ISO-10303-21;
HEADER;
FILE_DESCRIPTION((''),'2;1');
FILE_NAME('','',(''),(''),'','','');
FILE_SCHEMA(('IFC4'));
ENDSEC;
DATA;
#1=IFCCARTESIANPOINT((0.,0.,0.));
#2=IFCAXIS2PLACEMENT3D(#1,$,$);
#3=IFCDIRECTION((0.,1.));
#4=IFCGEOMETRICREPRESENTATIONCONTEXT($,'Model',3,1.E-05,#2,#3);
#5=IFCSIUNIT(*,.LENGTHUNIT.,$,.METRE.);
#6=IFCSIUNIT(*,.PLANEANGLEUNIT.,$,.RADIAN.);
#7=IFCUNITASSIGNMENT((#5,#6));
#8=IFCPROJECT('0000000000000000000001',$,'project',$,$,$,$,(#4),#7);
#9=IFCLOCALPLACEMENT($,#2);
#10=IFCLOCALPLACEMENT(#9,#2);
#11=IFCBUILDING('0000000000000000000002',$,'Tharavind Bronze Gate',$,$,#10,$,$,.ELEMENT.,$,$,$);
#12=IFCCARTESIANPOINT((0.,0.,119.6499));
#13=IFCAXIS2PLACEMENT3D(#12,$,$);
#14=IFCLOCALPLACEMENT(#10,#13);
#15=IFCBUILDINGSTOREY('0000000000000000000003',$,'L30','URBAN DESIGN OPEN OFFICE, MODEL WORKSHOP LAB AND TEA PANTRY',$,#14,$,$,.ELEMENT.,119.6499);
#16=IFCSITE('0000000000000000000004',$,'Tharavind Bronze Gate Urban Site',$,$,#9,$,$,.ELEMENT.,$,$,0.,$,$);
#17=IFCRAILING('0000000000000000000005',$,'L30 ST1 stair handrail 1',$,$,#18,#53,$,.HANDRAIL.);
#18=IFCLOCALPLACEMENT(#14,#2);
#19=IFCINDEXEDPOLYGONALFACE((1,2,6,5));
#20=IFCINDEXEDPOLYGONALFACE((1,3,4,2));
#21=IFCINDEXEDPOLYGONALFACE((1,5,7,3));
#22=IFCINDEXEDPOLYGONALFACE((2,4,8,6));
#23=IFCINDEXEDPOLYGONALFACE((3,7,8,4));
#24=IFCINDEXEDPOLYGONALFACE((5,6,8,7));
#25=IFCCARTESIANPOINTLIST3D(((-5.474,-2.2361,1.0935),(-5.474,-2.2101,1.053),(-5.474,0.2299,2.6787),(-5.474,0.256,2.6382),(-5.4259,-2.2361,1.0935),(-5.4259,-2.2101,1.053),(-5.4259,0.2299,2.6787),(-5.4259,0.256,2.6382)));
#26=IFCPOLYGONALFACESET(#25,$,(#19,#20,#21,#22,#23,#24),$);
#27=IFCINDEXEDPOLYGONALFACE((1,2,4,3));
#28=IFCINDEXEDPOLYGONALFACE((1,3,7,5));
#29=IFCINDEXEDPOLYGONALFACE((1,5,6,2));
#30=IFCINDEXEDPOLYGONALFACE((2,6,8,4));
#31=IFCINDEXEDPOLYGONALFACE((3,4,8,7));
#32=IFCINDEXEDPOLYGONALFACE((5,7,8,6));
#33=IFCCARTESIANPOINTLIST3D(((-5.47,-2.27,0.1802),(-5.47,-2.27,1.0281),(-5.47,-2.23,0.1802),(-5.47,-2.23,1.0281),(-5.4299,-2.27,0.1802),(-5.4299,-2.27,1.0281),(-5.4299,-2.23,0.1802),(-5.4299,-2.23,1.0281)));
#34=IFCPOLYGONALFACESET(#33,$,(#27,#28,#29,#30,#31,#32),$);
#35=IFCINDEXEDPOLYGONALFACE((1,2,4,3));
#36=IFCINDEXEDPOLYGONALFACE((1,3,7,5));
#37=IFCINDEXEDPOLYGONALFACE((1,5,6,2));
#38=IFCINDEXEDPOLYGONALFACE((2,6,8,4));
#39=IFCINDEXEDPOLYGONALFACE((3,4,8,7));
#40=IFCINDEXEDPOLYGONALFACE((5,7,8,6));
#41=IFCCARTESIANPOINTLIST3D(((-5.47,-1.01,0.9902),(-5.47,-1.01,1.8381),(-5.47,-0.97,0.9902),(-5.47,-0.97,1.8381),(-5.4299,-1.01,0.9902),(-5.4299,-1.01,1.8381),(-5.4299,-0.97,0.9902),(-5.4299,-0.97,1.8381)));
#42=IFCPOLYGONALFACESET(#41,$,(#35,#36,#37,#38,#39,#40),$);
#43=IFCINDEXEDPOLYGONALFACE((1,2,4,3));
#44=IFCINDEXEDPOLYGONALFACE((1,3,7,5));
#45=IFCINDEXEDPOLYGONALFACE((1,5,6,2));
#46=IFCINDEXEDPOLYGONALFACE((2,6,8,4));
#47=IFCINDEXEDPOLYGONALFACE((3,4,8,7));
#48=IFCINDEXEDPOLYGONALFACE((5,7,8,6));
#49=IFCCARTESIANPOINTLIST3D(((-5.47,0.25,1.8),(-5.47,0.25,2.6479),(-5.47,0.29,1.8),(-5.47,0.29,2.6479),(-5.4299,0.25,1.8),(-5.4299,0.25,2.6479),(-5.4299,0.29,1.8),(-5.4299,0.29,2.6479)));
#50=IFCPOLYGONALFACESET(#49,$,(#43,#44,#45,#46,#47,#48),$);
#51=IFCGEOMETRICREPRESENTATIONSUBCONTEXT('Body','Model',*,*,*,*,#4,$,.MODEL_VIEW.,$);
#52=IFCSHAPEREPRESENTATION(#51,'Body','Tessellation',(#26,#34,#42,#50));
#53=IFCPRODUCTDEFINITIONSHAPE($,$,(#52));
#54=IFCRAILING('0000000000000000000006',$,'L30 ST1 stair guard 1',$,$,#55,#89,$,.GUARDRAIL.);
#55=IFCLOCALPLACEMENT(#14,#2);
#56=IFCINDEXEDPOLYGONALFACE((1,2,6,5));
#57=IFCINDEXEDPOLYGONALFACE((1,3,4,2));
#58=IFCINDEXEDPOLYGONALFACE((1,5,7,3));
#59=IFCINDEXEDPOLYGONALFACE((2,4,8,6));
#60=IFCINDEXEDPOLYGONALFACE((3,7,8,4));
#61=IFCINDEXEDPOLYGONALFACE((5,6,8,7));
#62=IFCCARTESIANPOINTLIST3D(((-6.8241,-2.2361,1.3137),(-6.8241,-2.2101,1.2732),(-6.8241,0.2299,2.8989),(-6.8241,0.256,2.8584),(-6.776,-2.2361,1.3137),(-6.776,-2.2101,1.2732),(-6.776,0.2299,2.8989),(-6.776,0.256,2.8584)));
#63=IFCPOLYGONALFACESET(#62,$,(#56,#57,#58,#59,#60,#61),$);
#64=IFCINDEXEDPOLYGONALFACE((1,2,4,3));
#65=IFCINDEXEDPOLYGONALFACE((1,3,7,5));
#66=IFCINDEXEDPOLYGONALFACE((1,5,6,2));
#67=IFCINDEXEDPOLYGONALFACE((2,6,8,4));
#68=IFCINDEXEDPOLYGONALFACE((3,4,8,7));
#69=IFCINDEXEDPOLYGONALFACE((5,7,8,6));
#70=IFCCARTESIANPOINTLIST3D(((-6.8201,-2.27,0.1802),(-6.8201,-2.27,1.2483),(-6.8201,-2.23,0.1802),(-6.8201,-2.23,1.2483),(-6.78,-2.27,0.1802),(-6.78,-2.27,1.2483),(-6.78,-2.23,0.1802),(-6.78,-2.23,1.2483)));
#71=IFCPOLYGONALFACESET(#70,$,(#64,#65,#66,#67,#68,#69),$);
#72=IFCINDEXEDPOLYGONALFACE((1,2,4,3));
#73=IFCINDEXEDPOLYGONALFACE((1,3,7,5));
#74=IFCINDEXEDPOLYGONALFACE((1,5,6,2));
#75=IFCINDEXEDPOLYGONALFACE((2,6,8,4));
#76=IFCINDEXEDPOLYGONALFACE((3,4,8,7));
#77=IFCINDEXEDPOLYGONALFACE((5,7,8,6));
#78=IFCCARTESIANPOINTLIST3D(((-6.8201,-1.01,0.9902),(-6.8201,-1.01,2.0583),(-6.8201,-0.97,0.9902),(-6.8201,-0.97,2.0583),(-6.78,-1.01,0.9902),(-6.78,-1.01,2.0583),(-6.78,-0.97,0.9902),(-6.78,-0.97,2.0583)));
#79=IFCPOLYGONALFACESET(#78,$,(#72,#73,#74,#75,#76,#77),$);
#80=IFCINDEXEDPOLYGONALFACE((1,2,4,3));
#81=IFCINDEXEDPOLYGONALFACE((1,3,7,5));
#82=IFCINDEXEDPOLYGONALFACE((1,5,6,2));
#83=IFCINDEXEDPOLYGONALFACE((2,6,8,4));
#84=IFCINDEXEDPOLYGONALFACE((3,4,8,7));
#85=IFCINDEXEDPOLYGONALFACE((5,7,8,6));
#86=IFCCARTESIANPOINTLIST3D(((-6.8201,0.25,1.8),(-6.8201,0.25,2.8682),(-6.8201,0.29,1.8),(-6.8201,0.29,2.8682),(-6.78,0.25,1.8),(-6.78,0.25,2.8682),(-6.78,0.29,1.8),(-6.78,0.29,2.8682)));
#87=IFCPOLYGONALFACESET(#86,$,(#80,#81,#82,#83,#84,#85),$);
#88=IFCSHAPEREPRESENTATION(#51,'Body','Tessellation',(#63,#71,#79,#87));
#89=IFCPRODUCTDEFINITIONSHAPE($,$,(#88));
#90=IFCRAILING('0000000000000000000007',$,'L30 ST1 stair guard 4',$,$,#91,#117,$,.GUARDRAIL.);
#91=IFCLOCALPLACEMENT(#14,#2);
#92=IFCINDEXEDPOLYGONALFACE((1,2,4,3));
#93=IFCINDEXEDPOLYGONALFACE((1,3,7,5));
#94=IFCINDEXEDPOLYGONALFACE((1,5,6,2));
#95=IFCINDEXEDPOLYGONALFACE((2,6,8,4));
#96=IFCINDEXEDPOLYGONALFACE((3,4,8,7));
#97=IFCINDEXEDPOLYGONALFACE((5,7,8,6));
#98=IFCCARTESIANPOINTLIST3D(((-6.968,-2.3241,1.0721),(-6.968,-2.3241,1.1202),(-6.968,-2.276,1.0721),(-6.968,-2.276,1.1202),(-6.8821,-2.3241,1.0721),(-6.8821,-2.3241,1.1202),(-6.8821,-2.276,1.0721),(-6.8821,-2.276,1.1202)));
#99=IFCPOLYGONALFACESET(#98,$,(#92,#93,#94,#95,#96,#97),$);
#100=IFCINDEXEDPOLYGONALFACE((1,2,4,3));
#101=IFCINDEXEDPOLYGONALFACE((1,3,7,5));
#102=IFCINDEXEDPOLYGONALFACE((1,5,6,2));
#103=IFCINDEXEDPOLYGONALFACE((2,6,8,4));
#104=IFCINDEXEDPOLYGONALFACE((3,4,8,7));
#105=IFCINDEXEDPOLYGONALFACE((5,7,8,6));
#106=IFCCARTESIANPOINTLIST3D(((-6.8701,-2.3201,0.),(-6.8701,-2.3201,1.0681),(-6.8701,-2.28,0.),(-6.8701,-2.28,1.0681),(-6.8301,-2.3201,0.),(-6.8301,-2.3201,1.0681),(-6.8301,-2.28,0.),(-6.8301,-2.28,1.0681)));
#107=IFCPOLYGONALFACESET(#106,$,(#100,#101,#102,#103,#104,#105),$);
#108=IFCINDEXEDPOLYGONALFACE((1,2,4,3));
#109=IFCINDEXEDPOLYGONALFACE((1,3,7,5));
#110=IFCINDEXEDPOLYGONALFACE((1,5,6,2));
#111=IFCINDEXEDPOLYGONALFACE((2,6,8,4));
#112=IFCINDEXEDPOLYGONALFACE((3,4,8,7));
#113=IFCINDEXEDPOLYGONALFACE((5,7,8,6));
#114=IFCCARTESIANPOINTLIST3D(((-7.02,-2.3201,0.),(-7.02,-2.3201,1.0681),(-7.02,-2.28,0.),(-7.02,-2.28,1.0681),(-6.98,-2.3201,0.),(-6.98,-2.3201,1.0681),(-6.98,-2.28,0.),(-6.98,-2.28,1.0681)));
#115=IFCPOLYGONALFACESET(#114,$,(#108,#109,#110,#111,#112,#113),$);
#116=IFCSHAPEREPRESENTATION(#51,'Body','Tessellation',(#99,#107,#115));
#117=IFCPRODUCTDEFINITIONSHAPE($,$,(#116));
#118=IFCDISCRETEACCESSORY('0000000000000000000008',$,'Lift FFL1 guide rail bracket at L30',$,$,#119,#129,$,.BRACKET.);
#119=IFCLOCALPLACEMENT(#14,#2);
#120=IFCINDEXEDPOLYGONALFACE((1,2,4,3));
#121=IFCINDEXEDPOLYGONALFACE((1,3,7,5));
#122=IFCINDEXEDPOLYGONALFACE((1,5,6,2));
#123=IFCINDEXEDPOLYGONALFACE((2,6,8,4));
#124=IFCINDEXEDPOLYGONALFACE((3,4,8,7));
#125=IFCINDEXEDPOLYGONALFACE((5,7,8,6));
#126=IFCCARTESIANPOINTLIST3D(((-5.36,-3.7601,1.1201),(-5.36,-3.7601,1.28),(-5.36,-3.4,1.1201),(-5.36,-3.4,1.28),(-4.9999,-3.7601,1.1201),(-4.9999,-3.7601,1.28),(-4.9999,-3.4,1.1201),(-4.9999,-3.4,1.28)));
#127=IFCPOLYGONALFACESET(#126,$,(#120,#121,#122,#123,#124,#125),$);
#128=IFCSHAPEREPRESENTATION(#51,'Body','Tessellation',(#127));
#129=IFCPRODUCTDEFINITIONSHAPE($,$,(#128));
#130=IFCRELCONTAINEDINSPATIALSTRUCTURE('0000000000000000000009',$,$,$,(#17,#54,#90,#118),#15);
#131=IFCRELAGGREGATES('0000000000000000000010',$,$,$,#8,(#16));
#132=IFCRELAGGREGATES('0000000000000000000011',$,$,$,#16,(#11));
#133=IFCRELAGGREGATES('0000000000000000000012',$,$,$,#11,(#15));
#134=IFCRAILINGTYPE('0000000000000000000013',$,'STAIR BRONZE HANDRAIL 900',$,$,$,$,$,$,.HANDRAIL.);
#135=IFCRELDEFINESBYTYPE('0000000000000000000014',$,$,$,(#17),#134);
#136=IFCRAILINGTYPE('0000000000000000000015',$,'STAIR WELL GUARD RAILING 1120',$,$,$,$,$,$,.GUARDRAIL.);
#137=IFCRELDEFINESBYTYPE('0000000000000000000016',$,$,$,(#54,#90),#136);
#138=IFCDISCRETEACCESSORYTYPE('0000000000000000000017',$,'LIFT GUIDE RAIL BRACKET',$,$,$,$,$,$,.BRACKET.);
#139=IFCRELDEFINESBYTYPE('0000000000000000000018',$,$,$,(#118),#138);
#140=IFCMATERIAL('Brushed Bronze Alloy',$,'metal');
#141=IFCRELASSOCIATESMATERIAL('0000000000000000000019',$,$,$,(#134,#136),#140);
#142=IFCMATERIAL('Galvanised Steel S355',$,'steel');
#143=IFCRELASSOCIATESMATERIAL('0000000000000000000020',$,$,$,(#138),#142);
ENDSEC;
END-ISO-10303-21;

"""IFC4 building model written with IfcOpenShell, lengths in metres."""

from ifc_helpers import new_model, si_unit, direction, frame, origin, origin_2d, place, context, subcontext, project, spatial, rectangle, extrude, material, type_object, element, save


model = new_model("IFC4")

# Units and contexts
model_context = context("Model", 3, precision=1e-05, world=origin(), true_north=direction((0.0, 1.0)))
body_context = subcontext(model_context, "Body", "Model", "MODEL_VIEW")
ifc_project = project(units=[si_unit("LENGTHUNIT", "METRE"), si_unit("PLANEANGLEUNIT", "RADIAN")], contexts=[model_context])

# Site, building, storey
site_placement = place(None, origin())
site = spatial("IfcSite", under=ifc_project, at=site_placement, Name="Tharavind Bronze Gate Urban Site", CompositionType="ELEMENT", RefElevation=0.0)
building_placement = place(site_placement, origin())
building = spatial("IfcBuilding", under=site, at=building_placement, Name="Tharavind Bronze Gate", CompositionType="ELEMENT")
storey_placement = place(building_placement, frame((0.0, 0.0, 119.6499)))
storey = spatial("IfcBuildingStorey", under=building, at=storey_placement, Name="L30", Description="URBAN DESIGN OPEN OFFICE, MODEL WORKSHOP LAB AND TEA PANTRY", CompositionType="ELEMENT", Elevation=119.6499)

# Railings
ifc_material_1 = material(Name="Brushed Bronze Alloy", Category="metal")
railing_type_1 = type_object("IfcRailingType", Name="STAIR BRONZE HANDRAIL 900", PredefinedType="HANDRAIL", material=ifc_material_1)
railing_1_placement = place(storey_placement, frame((-5.45, -2.25, 0.1802)))
element("IfcRailing", 1, at=railing_1_placement, inside=storey, type_object=railing_type_1, Name="L30 ST1 stair handrail 1", PredefinedType="HANDRAIL", context=body_context, shape_type="SweptSolid", body=[
    extrude(rectangle(XDim=0.0481, YDim=0.0481, at=origin_2d()), frame((0.0, 0.0269, 0.8931), z_axis=(0.0, 0.8412, 0.540725), x_axis=(-1.0, 0.0, 0.0)), (0.0, 0.0, 1.0), 2.9316),
    extrude(rectangle(XDim=0.04, YDim=0.04, at=origin_2d()), origin(), (0.0, 0.0, 1.0), 0.8479),
    extrude(rectangle(XDim=0.04, YDim=0.04, at=origin_2d()), frame((0.0, 1.26, 0.8101)), (0.0, 0.0, 1.0), 0.8479),
    extrude(rectangle(XDim=0.04, YDim=0.04, at=origin_2d()), frame((0.0, 2.52, 1.6199)), (0.0, 0.0, 1.0), 0.8479),
])
railing_type_2 = type_object("IfcRailingType", Name="STAIR WELL GUARD RAILING 1120", PredefinedType="GUARDRAIL", material=ifc_material_1)
railing_2_placement = place(storey_placement, frame((-6.8, -2.25, 0.1802)))
element("IfcRailing", 2, at=railing_2_placement, inside=storey, type_object=railing_type_2, Name="L30 ST1 stair guard 1", PredefinedType="GUARDRAIL", context=body_context, shape_type="SweptSolid", body=[
    extrude(rectangle(XDim=0.0481, YDim=0.0481, at=origin_2d()), frame((0.0, 0.0269, 1.1133), z_axis=(0.0, 0.8412, 0.540725), x_axis=(-1.0, 0.0, 0.0)), (0.0, 0.0, 1.0), 2.9316),
    extrude(rectangle(XDim=0.04, YDim=0.04, at=origin_2d()), origin(), (0.0, 0.0, 1.0), 1.0681),
    extrude(rectangle(XDim=0.04, YDim=0.04, at=origin_2d()), frame((0.0, 1.26, 0.8101)), (0.0, 0.0, 1.0), 1.0681),
    extrude(rectangle(XDim=0.04, YDim=0.04, at=origin_2d()), frame((0.0, 2.52, 1.6199)), (0.0, 0.0, 1.0), 1.0681),
])
railing_3_placement = place(storey_placement, frame((-6.8501, -2.3, 0.0)))
element("IfcRailing", 3, at=railing_3_placement, inside=storey, type_object=railing_type_2, Name="L30 ST1 stair guard 4", PredefinedType="GUARDRAIL", context=body_context, shape_type="SweptSolid", body=[
    extrude(rectangle(XDim=0.0481, YDim=0.0481, at=origin_2d()), frame((-0.032, 0.0, 1.0962), z_axis=(-1.0, 0.0, 0.0), x_axis=(0.0, -1.0, 0.0)), (0.0, 0.0, 1.0), 0.0859),
    extrude(rectangle(XDim=0.04, YDim=0.04, at=origin_2d()), origin(), (0.0, 0.0, 1.0), 1.0681),
    extrude(rectangle(XDim=0.04, YDim=0.04, at=origin_2d()), frame((-0.1499, 0.0, 0.0)), (0.0, 0.0, 1.0), 1.0681),
])

# Discrete accessory
ifc_material_2 = material(Name="Galvanised Steel S355", Category="steel")
discrete_accessory_type = type_object("IfcDiscreteAccessoryType", Name="LIFT GUIDE RAIL BRACKET", PredefinedType="BRACKET", material=ifc_material_2)
discrete_accessory_placement = place(storey_placement, frame((-5.1799, -3.5801, 1.1201), z_axis=(0.0, 0.0, 1.0), x_axis=(1.0, 0.0, 0.0)))
element("IfcDiscreteAccessory", 4, at=discrete_accessory_placement, inside=storey, type_object=discrete_accessory_type, Name="Lift FFL1 guide rail bracket at L30", PredefinedType="BRACKET", context=body_context, shape_type="SweptSolid", body=[
    extrude(rectangle(XDim=0.3601, YDim=0.3601, at=origin_2d()), origin(), (0.0, 0.0, 1.0), 0.1599),
])

save(model, "model.ifc")
